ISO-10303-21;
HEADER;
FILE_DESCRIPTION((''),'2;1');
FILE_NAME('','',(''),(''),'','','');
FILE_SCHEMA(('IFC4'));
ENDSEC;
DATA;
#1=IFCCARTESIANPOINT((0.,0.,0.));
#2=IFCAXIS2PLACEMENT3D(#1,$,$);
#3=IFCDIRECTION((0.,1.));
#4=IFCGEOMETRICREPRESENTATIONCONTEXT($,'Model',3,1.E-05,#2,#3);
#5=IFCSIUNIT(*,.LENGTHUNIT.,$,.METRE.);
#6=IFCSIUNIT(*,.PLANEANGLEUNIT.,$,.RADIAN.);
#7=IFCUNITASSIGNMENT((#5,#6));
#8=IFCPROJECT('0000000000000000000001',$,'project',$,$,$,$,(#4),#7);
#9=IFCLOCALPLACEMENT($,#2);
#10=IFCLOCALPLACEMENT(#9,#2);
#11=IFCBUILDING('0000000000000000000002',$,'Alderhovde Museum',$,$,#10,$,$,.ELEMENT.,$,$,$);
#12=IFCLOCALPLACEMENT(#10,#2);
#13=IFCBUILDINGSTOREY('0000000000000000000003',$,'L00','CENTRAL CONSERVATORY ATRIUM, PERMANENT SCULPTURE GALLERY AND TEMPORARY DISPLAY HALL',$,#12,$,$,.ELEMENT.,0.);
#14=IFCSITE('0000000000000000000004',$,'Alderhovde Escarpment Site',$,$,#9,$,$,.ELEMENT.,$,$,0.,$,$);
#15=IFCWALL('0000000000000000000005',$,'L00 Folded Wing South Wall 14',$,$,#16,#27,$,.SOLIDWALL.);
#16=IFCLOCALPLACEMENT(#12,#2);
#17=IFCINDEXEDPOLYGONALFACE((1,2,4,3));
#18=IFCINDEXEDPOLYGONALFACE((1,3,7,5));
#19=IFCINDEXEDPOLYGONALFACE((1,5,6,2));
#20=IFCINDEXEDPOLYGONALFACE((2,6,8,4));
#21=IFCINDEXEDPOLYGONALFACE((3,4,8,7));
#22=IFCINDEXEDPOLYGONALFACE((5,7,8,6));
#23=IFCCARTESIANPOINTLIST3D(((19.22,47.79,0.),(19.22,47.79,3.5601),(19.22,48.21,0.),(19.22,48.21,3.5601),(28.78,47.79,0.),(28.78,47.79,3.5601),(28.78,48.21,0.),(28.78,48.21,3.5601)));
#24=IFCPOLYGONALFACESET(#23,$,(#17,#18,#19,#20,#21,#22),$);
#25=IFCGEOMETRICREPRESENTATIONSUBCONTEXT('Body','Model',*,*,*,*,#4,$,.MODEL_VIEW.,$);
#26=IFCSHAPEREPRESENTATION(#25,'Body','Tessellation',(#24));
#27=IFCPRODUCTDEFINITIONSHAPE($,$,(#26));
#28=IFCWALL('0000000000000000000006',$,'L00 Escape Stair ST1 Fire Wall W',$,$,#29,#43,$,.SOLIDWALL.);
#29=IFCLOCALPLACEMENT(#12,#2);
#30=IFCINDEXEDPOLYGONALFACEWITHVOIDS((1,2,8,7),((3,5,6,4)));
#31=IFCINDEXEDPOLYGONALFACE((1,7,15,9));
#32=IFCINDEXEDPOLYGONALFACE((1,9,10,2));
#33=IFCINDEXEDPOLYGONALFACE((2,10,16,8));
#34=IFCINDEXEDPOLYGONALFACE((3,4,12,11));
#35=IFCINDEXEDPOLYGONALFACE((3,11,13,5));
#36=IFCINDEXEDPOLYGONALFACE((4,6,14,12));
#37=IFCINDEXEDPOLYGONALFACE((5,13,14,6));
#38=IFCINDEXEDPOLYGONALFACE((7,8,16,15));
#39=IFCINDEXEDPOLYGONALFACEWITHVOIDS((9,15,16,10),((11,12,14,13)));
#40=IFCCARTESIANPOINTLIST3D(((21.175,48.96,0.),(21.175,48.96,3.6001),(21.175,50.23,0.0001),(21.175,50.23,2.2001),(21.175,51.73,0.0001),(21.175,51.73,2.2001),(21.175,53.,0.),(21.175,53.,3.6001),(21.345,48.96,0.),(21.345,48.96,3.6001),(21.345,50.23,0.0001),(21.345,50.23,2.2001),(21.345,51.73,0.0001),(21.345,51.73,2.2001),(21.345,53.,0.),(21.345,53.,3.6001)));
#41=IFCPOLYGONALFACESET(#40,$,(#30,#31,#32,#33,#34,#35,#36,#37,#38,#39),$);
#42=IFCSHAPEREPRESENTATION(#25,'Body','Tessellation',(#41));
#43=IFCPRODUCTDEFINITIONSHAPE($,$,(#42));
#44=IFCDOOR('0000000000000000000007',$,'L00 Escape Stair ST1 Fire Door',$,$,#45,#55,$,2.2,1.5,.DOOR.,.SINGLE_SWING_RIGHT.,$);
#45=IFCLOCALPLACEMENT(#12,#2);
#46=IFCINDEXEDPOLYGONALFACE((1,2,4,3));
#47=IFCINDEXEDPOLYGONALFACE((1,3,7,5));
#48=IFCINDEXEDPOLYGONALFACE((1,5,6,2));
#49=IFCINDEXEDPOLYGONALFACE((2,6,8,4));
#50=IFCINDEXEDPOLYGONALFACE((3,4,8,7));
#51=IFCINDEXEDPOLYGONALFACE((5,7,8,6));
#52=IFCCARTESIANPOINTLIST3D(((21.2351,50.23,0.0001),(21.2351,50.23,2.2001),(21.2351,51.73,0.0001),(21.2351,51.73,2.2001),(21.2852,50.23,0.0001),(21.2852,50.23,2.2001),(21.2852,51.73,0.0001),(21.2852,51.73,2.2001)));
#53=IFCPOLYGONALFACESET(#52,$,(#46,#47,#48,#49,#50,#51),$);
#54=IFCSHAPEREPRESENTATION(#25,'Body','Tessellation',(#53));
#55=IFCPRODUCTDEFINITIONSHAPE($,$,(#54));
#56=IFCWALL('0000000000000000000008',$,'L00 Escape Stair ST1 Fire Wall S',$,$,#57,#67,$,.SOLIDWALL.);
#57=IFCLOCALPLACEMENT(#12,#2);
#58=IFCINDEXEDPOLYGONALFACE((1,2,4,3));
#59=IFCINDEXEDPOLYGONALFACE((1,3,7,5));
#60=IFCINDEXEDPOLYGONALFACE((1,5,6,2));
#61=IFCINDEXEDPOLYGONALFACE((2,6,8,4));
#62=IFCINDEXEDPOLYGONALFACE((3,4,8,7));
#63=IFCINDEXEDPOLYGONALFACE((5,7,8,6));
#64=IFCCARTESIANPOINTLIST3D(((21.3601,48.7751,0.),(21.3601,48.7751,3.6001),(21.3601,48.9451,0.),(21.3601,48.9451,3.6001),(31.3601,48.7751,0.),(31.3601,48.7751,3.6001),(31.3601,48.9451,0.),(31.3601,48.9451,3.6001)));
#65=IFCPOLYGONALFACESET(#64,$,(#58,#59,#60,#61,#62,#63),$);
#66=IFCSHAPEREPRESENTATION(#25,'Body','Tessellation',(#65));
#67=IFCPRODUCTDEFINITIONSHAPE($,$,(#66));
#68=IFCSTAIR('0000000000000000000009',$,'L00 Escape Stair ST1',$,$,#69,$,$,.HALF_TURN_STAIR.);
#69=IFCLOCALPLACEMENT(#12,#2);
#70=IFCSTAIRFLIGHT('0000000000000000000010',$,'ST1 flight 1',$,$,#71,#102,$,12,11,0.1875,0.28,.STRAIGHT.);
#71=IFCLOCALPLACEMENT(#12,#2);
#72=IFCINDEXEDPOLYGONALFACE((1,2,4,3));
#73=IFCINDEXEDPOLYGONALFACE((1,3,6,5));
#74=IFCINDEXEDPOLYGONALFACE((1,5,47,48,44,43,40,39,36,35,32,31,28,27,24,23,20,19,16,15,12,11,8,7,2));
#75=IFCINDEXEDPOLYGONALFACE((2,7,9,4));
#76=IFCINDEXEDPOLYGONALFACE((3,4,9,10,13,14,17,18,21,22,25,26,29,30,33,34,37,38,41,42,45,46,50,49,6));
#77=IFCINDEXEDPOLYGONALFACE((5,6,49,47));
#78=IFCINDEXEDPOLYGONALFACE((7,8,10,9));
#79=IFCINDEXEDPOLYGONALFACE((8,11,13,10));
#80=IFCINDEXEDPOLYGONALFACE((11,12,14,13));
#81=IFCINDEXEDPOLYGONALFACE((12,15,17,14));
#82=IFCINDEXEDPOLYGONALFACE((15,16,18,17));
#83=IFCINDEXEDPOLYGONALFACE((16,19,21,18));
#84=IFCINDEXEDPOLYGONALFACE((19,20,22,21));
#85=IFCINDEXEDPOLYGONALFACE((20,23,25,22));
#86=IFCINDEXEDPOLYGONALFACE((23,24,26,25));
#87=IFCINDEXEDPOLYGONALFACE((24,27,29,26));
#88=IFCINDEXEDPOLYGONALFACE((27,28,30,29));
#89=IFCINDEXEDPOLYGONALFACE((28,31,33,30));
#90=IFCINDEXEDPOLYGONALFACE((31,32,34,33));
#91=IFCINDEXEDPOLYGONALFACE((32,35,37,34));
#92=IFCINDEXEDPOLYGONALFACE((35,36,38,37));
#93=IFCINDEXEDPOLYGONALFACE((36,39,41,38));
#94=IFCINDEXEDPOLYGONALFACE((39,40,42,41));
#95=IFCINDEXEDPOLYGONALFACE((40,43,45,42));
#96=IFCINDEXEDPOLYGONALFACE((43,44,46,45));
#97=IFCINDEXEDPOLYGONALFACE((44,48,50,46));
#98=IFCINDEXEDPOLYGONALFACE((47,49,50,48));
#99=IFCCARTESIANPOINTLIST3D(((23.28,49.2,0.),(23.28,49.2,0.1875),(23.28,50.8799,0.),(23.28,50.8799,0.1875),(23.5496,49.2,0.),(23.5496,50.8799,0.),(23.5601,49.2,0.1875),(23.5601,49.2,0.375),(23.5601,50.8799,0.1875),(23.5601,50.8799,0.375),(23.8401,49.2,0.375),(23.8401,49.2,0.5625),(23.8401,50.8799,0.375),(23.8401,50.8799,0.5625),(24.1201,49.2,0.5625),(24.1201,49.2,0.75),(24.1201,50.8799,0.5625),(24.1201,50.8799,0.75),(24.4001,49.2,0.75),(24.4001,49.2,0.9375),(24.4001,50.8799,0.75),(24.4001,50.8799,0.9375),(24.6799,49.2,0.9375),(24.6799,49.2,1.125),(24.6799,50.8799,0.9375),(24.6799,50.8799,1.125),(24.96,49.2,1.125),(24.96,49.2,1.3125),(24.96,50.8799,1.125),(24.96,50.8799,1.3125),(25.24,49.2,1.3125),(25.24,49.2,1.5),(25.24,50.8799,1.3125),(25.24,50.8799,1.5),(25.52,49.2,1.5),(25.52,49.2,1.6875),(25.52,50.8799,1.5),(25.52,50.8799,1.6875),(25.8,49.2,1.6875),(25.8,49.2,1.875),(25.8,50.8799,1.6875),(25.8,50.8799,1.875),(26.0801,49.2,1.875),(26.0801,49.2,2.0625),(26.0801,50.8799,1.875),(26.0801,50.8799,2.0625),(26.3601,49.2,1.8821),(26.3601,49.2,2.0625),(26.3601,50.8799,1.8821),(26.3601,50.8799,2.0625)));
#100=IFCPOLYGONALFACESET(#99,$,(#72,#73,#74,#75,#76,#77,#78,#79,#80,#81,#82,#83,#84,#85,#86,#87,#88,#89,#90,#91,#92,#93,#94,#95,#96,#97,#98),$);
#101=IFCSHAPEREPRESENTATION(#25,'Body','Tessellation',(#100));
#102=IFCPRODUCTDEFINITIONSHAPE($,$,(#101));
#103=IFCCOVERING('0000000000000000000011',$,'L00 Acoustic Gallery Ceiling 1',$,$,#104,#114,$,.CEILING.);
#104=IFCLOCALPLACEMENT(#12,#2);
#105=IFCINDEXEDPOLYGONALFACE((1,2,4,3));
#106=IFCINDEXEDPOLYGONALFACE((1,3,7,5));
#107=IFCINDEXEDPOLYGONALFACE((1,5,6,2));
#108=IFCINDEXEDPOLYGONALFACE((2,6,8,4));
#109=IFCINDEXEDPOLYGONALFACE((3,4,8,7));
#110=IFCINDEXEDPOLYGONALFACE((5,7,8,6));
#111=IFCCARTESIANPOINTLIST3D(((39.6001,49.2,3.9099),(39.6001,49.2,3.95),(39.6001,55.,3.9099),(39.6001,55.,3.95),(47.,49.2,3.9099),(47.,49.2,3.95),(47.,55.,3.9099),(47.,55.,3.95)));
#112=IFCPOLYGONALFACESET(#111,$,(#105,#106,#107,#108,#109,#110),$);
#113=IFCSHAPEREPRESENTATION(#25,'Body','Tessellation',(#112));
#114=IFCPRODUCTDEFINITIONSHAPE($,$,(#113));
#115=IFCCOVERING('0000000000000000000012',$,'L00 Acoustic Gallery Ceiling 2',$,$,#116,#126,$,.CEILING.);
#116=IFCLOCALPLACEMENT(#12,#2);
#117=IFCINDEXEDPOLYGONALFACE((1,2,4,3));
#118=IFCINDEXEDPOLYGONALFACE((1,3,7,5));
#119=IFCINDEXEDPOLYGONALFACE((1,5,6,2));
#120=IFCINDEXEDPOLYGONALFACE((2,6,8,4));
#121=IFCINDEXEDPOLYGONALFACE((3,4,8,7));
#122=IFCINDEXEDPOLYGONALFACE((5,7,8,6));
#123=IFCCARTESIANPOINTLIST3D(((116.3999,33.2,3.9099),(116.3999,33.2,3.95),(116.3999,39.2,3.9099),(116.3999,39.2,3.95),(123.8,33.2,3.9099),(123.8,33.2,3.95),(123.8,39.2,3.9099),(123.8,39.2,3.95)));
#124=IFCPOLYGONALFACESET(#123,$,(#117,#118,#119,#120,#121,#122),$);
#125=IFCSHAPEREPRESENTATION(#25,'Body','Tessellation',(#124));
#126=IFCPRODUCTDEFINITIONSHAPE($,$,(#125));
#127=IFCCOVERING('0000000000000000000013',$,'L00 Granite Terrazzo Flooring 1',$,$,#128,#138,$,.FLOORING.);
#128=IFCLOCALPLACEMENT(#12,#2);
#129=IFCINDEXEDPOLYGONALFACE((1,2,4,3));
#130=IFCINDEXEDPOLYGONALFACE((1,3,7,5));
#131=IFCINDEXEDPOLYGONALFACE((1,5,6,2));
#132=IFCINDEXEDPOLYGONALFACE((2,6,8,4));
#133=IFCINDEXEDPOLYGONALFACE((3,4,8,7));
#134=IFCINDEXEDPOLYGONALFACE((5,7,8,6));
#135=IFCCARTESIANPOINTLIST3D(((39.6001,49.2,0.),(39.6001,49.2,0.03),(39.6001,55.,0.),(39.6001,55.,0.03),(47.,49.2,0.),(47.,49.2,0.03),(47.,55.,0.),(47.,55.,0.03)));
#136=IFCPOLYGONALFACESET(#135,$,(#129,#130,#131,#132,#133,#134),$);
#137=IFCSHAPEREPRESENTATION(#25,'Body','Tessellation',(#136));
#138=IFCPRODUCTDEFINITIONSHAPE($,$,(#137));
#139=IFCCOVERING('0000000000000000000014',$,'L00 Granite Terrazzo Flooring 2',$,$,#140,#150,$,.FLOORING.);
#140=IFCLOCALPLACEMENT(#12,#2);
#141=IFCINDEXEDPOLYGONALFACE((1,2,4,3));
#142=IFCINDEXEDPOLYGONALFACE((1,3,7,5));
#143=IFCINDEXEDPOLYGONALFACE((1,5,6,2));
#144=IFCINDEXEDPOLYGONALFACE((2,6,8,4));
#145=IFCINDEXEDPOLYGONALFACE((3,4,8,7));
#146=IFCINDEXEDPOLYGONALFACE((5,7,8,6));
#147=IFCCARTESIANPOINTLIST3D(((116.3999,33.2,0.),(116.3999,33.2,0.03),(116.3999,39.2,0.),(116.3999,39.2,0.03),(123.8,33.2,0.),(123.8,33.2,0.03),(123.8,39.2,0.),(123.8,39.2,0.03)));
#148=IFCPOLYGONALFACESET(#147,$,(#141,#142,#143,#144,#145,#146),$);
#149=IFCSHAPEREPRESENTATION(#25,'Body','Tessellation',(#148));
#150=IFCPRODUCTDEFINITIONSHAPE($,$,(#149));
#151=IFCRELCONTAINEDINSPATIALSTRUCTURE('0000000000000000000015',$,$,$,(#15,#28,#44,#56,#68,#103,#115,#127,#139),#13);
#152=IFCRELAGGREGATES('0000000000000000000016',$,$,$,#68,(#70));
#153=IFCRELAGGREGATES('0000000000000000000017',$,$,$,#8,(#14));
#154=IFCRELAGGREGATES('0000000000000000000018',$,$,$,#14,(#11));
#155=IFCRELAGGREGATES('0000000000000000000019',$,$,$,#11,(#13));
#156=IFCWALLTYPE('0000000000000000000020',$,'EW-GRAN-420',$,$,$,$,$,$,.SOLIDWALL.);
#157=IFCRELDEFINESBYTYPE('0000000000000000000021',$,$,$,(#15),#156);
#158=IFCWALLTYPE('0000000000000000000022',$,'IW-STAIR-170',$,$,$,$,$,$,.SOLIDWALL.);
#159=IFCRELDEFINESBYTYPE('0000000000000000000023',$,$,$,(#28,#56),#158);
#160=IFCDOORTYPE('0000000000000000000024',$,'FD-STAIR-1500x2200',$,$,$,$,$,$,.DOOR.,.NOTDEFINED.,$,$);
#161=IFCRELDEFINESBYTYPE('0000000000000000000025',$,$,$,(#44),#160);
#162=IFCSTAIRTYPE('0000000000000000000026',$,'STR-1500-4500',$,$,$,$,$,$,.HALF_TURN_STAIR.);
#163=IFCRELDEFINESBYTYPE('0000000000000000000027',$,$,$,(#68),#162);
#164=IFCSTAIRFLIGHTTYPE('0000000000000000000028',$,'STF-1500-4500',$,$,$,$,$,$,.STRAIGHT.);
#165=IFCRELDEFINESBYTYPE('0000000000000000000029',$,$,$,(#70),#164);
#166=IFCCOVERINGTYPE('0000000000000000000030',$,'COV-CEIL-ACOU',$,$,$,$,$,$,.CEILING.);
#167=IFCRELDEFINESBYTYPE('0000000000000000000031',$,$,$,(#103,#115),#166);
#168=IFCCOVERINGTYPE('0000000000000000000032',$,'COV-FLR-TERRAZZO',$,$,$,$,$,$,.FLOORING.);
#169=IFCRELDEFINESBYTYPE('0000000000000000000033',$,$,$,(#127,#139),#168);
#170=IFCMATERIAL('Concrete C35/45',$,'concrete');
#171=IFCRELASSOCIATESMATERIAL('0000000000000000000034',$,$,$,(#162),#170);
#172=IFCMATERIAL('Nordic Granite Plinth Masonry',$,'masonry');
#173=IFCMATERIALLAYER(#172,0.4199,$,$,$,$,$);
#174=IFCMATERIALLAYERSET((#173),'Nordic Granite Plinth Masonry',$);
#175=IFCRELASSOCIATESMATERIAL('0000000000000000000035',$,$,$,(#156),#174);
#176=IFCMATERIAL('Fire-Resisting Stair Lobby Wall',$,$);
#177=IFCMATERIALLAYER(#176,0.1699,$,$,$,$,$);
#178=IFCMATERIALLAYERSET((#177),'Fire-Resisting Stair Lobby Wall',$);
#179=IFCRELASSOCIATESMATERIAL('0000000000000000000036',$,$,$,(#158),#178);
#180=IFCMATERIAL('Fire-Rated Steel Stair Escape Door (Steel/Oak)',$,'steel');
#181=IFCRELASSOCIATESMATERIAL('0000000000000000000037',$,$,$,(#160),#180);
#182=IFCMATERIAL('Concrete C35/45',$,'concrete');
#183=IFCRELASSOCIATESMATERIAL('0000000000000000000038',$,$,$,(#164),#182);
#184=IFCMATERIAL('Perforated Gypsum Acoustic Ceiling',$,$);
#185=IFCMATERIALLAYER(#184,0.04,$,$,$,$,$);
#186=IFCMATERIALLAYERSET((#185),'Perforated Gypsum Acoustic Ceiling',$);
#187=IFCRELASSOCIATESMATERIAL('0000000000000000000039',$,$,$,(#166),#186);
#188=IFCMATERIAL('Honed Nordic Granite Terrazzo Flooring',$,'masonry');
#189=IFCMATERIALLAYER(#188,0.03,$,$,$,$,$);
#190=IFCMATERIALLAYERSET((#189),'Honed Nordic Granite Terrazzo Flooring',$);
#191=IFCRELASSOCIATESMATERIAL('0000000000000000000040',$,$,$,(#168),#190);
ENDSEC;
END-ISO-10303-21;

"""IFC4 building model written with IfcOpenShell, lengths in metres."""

from ifc_helpers import new_model, si_unit, direction, frame, frame_2d, origin, place, context, subcontext, project, spatial, polyline, rectangle, outline, extrude, material, layer, layer_set, type_object, element, fill, aggregate, save


model = new_model("IFC4")

# Units and contexts
model_context = context("Model", 3, precision=1e-05, world=origin(), true_north=direction((0.0, 1.0)))
body_context = subcontext(model_context, "Body", "Model", "MODEL_VIEW")
ifc_project = project(units=[si_unit("LENGTHUNIT", "METRE"), si_unit("PLANEANGLEUNIT", "RADIAN")], contexts=[model_context])

# Site, building, storey
site_placement = place(None, origin())
site = spatial("IfcSite", under=ifc_project, at=site_placement, Name="Alderhovde Escarpment Site", CompositionType="ELEMENT", RefElevation=0.0)
building_placement = place(site_placement, origin())
building = spatial("IfcBuilding", under=site, at=building_placement, Name="Alderhovde Museum", CompositionType="ELEMENT")
storey_placement = place(building_placement, origin())
storey = spatial("IfcBuildingStorey", under=building, at=storey_placement, Name="L00", Description="CENTRAL CONSERVATORY ATRIUM, PERMANENT SCULPTURE GALLERY AND TEMPORARY DISPLAY HALL", CompositionType="ELEMENT", Elevation=0.0)

# Shared definitions
ifc_material_1 = material(Name="Concrete C35/45", Category="concrete")
stair_type = type_object("IfcStairType", Name="STR-1500-4500", PredefinedType="HALF_TURN_STAIR", material=ifc_material_1)

# Wall
ifc_material_2 = material(Name="Nordic Granite Plinth Masonry", Category="masonry")
ifc_layer_1 = layer(ifc_material_2, 0.4199)
ifc_layer_set_1 = layer_set([ifc_layer_1], Name="Nordic Granite Plinth Masonry")
wall_type_1 = type_object("IfcWallType", Name="EW-GRAN-420", PredefinedType="SOLIDWALL", material=ifc_layer_set_1)
wall_1_placement = place(storey_placement, frame((19.22, 48.0, 0.0), z_axis=(0.0, 0.0, 1.0), x_axis=(1.0, 0.0, 0.0)))
element("IfcWall", 1, at=wall_1_placement, inside=storey, type_object=wall_type_1, Name="L00 Folded Wing South Wall 14", PredefinedType="SOLIDWALL", context=body_context, shape_type="SweptSolid", body=[
    extrude(rectangle(XDim=9.5601, YDim=0.4199, at=frame_2d((4.78, 0.0))), origin(), (0.0, 0.0, 1.0), 3.5601),
])

# Wall, opening, door
ifc_material_3 = material(Name="Fire-Resisting Stair Lobby Wall")
ifc_layer_2 = layer(ifc_material_3, 0.1699)
ifc_layer_set_2 = layer_set([ifc_layer_2], Name="Fire-Resisting Stair Lobby Wall")
wall_type_2 = type_object("IfcWallType", Name="IW-STAIR-170", PredefinedType="SOLIDWALL", material=ifc_layer_set_2)
wall_2_placement = place(storey_placement, frame((21.26, 48.96, 0.0), z_axis=(0.0, 0.0, 1.0), x_axis=(0.0, 1.0, 0.0)))
wall_2 = element("IfcWall", 2, at=wall_2_placement, inside=storey, type_object=wall_type_2, Name="L00 Escape Stair ST1 Fire Wall W", PredefinedType="SOLIDWALL", context=body_context, shape_type="SweptSolid", body=[
    extrude(rectangle(XDim=4.04, YDim=0.1699, at=frame_2d((2.02, 0.0))), origin(), (0.0, 0.0, 1.0), 3.6001),
])
opening_1_placement = place(wall_2_placement, frame((1.27, 0.0, 0.0)))
opening_1 = element("IfcOpeningElement", 3, at=opening_1_placement, cuts=wall_2, PredefinedType="OPENING", context=body_context, shape_type="SweptSolid", body=[
    extrude(rectangle(XDim=1.5, YDim=2.2, at=frame_2d((0.75, 1.1001))), frame((0.0, 0.095, 0.0), z_axis=(0.0, -1.0, 0.0), x_axis=(1.0, 0.0, 0.0)), (0.0, 0.0, 1.0), 0.1899),
])
ifc_material_4 = material(Name="Fire-Rated Steel Stair Escape Door (Steel/Oak)", Category="steel")
door_type_1 = type_object("IfcDoorType", Name="FD-STAIR-1500x2200", OperationType="NOTDEFINED", PredefinedType="DOOR", material=ifc_material_4)
door_1_placement = place(opening_1_placement, origin())
door_1 = element("IfcDoor", 4, at=door_1_placement, inside=storey, type_object=door_type_1, Name="L00 Escape Stair ST1 Fire Door", OperationType="SINGLE_SWING_RIGHT", OverallHeight=2.2, OverallWidth=1.5, PredefinedType="DOOR", context=body_context, shape_type="SweptSolid", body=[
    extrude(rectangle(XDim=1.5, YDim=2.2, at=frame_2d((0.75, 1.1001))), frame((0.0, 0.0249, 0.0), z_axis=(0.0, -1.0, 0.0), x_axis=(1.0, 0.0, 0.0)), (0.0, 0.0, 1.0), 0.05),
])
fill(opening_1, door_1)

# Wall
wall_3_placement = place(storey_placement, frame((21.3601, 48.8601, 0.0), z_axis=(0.0, 0.0, 1.0), x_axis=(1.0, 0.0, 0.0)))
element("IfcWall", 5, at=wall_3_placement, inside=storey, type_object=wall_type_2, Name="L00 Escape Stair ST1 Fire Wall S", PredefinedType="SOLIDWALL", context=body_context, shape_type="SweptSolid", body=[
    extrude(rectangle(XDim=10.0, YDim=0.1699, at=frame_2d((5.0, 0.0))), origin(), (0.0, 0.0, 1.0), 3.6001),
])

# Stair, stair flight
stair_1_placement = place(storey_placement, origin())
stair_1 = element("IfcStair", 6, at=stair_1_placement, inside=storey, type_object=stair_type, Name="L00 Escape Stair ST1", PredefinedType="HALF_TURN_STAIR")
ifc_material_5 = material(Name="Concrete C35/45", Category="concrete")
stair_flight_type = type_object("IfcStairFlightType", Name="STF-1500-4500", PredefinedType="STRAIGHT", material=ifc_material_5)
stair_flight_placement = place(storey_placement, frame((23.28, 50.04, 0.0), z_axis=(0.0, 0.0, 1.0), x_axis=(1.0, 0.0, 0.0)))
stair_flight = element("IfcStairFlight", 7, at=stair_flight_placement, type_object=stair_flight_type, Name="ST1 flight 1", NumberOfRisers=12, NumberOfTreads=11, PredefinedType="STRAIGHT", RiserHeight=0.1875, TreadLength=0.28, context=body_context, shape_type="SweptSolid", body=[
    extrude(outline(polyline([(0.0, 0.0), (0.0, 0.1875), (0.28, 0.1875), (0.28, 0.375), (0.5601, 0.375), (0.5601, 0.5625), (0.8401, 0.5625), (0.8401, 0.75), (1.1201, 0.75), (1.1201, 0.9375), (1.3999, 0.9375), (1.3999, 1.125), (1.6799, 1.125), (1.6799, 1.3125), (1.96, 1.3125), (1.96, 1.5), (2.24, 1.5), (2.24, 1.6875), (2.52, 1.6875), (2.52, 1.875), (2.8, 1.875), (2.8, 2.0625), (3.0801, 2.0625), (3.0801, 2.25), (3.0801, 1.8821), (0.2695, 0.0), (0.0, 0.0)])), frame((0.0, 0.8398, 0.0), z_axis=(0.0, -1.0, 0.0), x_axis=(1.0, 0.0, 0.0)), (0.0, 0.0, 1.0), 1.6799),
])
aggregate(stair_1, [stair_flight])

# Coverings
ifc_material_6 = material(Name="Perforated Gypsum Acoustic Ceiling")
ifc_layer_3 = layer(ifc_material_6, 0.04)
ifc_layer_set_3 = layer_set([ifc_layer_3], Name="Perforated Gypsum Acoustic Ceiling")
covering_type_1 = type_object("IfcCoveringType", Name="COV-CEIL-ACOU", PredefinedType="CEILING", material=ifc_layer_set_3)
covering_1_placement = place(storey_placement, frame((0.0, 0.0, 3.9099)))
element("IfcCovering", 8, at=covering_1_placement, inside=storey, type_object=covering_type_1, Name="L00 Acoustic Gallery Ceiling 1", PredefinedType="CEILING", context=body_context, shape_type="SweptSolid", body=[
    extrude(outline(polyline([(39.6001, 49.2), (47.0, 49.2), (47.0, 55.0), (39.6001, 55.0), (39.6001, 49.2)])), origin(), (0.0, 0.0, 1.0), 0.04),
])
covering_2_placement = place(storey_placement, frame((0.0, 0.0, 3.9099)))
element("IfcCovering", 9, at=covering_2_placement, inside=storey, type_object=covering_type_1, Name="L00 Acoustic Gallery Ceiling 2", PredefinedType="CEILING", context=body_context, shape_type="SweptSolid", body=[
    extrude(outline(polyline([(116.3999, 33.2), (123.8, 33.2), (123.8, 39.2), (116.3999, 39.2), (116.3999, 33.2)])), origin(), (0.0, 0.0, 1.0), 0.04),
])
ifc_material_7 = material(Name="Honed Nordic Granite Terrazzo Flooring", Category="masonry")
ifc_layer_4 = layer(ifc_material_7, 0.03)
ifc_layer_set_4 = layer_set([ifc_layer_4], Name="Honed Nordic Granite Terrazzo Flooring")
covering_type_2 = type_object("IfcCoveringType", Name="COV-FLR-TERRAZZO", PredefinedType="FLOORING", material=ifc_layer_set_4)
covering_3_placement = place(storey_placement, origin())
element("IfcCovering", 10, at=covering_3_placement, inside=storey, type_object=covering_type_2, Name="L00 Granite Terrazzo Flooring 1", PredefinedType="FLOORING", context=body_context, shape_type="SweptSolid", body=[
    extrude(outline(polyline([(39.6001, 49.2), (47.0, 49.2), (47.0, 55.0), (39.6001, 55.0), (39.6001, 49.2)])), origin(), (0.0, 0.0, 1.0), 0.03),
])
covering_4_placement = place(storey_placement, origin())
element("IfcCovering", 11, at=covering_4_placement, inside=storey, type_object=covering_type_2, Name="L00 Granite Terrazzo Flooring 2", PredefinedType="FLOORING", context=body_context, shape_type="SweptSolid", body=[
    extrude(outline(polyline([(116.3999, 33.2), (123.8, 33.2), (123.8, 39.2), (116.3999, 39.2), (116.3999, 33.2)])), origin(), (0.0, 0.0, 1.0), 0.03),
])

save(model, "model.ifc")
